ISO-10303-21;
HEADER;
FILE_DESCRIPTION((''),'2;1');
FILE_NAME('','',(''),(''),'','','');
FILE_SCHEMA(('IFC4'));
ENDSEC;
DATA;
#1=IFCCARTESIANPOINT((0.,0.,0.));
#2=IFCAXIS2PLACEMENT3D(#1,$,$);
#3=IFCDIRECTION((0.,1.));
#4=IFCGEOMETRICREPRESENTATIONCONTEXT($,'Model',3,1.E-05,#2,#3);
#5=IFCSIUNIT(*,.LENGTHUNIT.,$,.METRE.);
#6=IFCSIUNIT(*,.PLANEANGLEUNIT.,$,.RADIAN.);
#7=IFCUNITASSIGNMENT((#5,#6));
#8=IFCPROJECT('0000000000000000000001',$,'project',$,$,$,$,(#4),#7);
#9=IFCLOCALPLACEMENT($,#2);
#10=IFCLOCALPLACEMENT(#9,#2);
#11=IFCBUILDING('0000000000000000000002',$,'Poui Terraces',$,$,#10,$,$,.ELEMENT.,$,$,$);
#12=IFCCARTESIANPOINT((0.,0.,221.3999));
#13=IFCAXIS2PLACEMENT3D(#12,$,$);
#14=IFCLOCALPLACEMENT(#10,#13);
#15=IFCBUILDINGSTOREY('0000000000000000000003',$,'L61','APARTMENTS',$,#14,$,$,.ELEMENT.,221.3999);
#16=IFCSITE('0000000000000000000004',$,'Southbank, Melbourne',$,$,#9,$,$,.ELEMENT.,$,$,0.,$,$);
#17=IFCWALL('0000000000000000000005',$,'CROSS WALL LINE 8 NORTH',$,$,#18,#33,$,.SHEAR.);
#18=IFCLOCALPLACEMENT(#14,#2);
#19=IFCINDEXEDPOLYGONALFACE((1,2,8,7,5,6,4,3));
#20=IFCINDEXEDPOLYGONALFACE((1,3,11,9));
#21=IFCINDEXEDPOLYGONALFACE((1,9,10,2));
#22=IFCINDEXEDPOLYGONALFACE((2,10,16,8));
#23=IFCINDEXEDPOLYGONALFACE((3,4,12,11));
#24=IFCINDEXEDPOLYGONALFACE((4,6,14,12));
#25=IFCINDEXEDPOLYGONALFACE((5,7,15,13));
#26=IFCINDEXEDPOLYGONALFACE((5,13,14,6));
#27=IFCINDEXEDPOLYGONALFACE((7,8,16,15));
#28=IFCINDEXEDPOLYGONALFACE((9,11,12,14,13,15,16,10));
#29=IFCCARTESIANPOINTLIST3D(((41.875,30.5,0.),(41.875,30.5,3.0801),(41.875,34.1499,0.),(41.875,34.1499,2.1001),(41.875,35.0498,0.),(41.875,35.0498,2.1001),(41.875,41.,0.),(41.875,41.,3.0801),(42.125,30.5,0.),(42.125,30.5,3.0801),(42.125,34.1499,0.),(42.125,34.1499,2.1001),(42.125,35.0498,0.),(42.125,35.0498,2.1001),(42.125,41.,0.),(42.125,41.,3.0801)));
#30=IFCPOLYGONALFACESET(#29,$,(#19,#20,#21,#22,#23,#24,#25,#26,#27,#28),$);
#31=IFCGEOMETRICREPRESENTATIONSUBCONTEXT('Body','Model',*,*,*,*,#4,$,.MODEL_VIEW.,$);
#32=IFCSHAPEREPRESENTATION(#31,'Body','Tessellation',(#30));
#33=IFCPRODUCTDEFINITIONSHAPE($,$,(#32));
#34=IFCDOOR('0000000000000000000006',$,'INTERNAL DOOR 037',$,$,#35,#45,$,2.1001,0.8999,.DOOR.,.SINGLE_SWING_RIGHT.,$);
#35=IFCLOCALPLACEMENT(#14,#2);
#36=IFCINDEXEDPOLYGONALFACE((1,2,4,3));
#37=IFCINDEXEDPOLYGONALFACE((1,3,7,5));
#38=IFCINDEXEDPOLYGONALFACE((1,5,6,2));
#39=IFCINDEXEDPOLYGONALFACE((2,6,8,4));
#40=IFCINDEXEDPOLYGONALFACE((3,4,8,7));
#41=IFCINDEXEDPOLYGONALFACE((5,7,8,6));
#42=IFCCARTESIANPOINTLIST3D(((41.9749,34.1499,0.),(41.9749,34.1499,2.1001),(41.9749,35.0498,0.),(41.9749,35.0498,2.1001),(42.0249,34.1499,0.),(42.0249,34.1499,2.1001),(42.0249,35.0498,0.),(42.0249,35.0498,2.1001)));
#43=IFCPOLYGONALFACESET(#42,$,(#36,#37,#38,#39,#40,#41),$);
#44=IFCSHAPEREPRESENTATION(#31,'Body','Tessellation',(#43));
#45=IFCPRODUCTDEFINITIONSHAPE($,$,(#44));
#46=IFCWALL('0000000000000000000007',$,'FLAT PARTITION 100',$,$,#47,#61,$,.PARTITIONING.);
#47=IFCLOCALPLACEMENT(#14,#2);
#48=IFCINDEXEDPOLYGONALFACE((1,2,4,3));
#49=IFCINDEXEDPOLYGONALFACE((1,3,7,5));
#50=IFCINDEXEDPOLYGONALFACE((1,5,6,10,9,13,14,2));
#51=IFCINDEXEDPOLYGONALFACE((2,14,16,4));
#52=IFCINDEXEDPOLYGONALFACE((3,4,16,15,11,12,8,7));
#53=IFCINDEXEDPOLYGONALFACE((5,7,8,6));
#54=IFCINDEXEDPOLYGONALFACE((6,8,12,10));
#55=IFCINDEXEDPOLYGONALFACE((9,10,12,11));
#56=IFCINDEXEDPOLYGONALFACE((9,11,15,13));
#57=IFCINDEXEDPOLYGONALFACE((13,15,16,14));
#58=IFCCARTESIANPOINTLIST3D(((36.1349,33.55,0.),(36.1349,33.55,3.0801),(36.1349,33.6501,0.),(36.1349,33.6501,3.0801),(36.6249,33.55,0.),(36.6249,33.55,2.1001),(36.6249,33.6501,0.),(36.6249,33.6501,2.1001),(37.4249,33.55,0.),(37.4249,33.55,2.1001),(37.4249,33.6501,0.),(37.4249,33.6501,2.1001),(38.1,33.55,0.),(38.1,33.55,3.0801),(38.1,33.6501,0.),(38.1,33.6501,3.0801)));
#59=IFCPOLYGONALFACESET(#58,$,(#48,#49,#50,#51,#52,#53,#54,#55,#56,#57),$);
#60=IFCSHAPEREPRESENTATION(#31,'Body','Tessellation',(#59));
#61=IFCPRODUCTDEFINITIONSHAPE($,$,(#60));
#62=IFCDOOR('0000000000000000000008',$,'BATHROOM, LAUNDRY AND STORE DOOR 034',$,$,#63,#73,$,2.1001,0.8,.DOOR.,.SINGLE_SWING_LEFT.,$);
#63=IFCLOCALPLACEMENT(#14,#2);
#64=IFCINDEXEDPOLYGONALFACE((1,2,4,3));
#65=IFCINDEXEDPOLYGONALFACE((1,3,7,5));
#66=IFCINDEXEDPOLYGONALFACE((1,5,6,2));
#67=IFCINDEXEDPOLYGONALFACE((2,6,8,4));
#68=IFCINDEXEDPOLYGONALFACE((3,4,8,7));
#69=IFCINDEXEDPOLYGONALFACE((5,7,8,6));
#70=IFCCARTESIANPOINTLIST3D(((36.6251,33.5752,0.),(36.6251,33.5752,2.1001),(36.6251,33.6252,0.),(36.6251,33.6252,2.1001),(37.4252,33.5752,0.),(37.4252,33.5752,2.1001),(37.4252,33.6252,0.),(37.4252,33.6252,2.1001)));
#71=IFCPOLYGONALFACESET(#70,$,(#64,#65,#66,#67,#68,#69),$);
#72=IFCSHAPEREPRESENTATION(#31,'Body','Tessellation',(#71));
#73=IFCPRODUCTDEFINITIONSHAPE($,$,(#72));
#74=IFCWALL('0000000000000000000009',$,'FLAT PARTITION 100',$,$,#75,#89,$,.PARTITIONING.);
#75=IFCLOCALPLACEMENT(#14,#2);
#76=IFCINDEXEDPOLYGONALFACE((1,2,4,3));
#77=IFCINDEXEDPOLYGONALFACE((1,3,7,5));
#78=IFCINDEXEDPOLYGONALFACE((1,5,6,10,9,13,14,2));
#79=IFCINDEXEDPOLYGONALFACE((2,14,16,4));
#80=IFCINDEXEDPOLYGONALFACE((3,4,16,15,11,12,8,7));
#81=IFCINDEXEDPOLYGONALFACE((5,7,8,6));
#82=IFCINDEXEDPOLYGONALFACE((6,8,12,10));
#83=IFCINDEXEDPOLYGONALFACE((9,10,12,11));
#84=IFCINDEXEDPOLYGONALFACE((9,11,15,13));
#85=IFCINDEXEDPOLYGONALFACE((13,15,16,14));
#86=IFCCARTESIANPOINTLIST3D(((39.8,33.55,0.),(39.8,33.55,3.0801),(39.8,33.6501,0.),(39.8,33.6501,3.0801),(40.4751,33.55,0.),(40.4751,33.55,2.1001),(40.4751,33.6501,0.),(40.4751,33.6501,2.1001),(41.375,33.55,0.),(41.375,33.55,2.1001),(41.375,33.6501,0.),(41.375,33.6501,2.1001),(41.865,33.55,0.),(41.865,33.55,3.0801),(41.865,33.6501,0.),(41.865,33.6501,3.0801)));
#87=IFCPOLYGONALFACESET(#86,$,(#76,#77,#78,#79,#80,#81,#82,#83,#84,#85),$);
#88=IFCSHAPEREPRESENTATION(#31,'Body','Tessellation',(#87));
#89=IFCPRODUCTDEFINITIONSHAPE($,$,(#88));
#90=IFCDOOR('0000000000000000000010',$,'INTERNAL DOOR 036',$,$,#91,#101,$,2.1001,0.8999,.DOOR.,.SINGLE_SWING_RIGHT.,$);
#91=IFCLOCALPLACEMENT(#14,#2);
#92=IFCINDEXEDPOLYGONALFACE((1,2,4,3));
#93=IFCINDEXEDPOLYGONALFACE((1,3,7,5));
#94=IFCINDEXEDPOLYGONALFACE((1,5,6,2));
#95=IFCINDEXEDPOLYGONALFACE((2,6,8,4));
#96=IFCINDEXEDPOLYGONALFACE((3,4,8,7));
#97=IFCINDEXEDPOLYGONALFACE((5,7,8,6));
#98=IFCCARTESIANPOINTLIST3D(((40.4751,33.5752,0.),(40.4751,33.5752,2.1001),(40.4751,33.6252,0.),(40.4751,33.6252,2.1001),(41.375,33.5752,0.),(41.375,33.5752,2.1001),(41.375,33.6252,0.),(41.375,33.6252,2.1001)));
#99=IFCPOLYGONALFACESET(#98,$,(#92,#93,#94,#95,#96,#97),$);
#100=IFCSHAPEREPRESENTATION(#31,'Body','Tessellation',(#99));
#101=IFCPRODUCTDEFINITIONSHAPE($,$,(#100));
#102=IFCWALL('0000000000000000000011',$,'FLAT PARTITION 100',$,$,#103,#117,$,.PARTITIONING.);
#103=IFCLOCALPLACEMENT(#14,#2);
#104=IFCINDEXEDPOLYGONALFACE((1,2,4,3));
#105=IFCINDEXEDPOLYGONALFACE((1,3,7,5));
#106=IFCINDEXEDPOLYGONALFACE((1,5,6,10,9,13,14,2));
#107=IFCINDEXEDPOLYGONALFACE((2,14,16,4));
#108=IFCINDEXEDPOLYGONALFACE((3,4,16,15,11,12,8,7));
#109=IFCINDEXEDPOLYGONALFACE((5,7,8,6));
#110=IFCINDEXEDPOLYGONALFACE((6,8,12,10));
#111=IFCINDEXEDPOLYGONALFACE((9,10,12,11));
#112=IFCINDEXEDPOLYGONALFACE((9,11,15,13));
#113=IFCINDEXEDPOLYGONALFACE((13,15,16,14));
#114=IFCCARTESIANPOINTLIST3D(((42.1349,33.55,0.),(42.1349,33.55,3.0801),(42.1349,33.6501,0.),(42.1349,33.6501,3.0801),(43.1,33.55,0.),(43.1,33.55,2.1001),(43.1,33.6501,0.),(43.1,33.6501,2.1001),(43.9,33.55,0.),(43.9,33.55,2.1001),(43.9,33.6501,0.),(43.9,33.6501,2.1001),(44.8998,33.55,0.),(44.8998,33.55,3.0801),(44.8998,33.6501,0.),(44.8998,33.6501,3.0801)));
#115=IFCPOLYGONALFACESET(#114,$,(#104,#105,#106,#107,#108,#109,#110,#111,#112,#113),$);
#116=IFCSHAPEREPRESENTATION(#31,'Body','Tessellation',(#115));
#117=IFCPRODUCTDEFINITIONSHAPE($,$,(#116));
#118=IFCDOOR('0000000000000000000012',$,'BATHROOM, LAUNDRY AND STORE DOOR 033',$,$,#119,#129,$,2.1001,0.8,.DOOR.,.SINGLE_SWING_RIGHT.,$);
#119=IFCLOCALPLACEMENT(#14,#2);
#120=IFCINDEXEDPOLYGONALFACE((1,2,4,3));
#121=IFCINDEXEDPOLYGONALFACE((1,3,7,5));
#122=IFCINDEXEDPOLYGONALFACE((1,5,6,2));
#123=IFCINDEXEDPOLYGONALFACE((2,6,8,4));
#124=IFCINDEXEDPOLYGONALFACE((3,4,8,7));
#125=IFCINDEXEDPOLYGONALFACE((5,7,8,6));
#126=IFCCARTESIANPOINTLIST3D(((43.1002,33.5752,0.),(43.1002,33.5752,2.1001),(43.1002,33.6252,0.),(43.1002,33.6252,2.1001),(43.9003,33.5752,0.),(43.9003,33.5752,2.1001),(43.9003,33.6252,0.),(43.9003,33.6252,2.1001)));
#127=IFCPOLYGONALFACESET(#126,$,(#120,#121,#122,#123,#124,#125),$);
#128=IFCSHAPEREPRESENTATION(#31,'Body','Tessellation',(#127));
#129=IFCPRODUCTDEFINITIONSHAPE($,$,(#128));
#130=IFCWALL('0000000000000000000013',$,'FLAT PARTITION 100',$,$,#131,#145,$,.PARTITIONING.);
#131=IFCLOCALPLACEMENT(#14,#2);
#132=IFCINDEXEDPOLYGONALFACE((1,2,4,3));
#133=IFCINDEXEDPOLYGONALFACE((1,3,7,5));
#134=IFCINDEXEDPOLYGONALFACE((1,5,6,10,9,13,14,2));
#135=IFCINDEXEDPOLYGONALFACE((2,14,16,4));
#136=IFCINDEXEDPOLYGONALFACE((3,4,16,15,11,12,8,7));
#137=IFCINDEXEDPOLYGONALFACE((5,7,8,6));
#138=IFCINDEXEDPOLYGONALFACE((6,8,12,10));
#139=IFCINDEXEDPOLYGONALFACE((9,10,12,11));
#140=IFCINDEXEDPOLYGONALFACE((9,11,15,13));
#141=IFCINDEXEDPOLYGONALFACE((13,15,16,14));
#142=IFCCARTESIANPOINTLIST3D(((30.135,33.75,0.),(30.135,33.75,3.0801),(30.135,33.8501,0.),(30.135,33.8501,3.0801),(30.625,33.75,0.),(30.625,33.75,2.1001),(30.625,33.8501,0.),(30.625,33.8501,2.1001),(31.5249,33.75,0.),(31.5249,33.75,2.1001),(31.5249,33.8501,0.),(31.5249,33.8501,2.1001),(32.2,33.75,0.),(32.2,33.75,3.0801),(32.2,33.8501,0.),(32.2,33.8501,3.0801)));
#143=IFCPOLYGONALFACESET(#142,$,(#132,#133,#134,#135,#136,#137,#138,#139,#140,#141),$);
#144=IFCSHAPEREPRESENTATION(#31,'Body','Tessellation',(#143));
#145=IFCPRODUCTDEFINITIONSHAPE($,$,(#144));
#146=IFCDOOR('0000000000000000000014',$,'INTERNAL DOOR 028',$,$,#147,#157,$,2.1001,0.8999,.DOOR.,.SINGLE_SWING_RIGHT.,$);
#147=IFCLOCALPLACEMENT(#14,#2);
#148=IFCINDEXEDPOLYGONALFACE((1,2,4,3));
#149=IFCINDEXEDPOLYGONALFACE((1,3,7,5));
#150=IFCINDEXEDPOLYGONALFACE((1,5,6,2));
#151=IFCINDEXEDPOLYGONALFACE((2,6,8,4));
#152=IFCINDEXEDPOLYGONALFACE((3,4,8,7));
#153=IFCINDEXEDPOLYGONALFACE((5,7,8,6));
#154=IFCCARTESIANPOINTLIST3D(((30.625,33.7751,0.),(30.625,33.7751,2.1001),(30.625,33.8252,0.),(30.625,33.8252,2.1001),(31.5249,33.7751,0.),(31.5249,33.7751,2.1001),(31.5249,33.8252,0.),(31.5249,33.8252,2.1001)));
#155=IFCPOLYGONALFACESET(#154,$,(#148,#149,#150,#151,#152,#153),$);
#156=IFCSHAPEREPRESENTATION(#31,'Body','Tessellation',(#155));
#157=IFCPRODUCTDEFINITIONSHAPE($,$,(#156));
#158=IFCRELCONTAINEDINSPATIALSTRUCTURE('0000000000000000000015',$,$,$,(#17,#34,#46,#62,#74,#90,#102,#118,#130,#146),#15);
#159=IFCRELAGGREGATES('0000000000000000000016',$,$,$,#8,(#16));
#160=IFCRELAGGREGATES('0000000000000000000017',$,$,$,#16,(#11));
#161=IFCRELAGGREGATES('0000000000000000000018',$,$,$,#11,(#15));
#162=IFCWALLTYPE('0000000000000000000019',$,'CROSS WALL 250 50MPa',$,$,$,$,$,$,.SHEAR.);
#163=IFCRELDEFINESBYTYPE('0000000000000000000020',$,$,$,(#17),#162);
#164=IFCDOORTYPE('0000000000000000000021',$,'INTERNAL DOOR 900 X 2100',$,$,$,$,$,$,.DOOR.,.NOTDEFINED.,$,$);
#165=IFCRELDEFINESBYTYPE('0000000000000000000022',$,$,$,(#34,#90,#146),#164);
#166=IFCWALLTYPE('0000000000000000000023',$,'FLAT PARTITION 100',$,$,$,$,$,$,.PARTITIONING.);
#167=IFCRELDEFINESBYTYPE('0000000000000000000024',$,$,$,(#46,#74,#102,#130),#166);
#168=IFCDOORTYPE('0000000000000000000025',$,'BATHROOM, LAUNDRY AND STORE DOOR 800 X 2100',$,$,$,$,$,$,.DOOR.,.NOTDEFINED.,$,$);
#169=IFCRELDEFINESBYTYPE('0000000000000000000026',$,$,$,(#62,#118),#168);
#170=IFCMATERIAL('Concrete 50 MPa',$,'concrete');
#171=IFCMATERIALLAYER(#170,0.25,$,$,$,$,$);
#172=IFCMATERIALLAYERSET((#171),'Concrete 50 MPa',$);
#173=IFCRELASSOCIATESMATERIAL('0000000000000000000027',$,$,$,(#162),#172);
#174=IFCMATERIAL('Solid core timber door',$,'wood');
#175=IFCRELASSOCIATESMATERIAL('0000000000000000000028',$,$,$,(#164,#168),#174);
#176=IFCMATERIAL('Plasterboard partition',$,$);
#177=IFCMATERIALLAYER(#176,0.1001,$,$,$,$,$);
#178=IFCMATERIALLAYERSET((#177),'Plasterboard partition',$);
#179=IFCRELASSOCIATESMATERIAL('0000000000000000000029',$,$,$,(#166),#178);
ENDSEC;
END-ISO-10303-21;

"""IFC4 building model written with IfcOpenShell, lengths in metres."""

from ifc_helpers import new_model, si_unit, direction, frame, frame_2d, origin, place, context, subcontext, project, spatial, rectangle, extrude, material, layer, layer_set, type_object, element, fill, save


model = new_model("IFC4")

# Units and contexts
model_context = context("Model", 3, precision=1e-05, world=origin(), true_north=direction((0.0, 1.0)))
body_context = subcontext(model_context, "Body", "Model", "MODEL_VIEW")
ifc_project = project(units=[si_unit("LENGTHUNIT", "METRE"), si_unit("PLANEANGLEUNIT", "RADIAN")], contexts=[model_context])

# Site, building, storey
site_placement = place(None, origin())
site = spatial("IfcSite", under=ifc_project, at=site_placement, Name="Southbank, Melbourne", CompositionType="ELEMENT", RefElevation=0.0)
building_placement = place(site_placement, origin())
building = spatial("IfcBuilding", under=site, at=building_placement, Name="Poui Terraces", CompositionType="ELEMENT")
storey_placement = place(building_placement, frame((0.0, 0.0, 221.3999)))
storey = spatial("IfcBuildingStorey", under=building, at=storey_placement, Name="L61", Description="APARTMENTS", CompositionType="ELEMENT", Elevation=221.3999)

# Walls, openings, doors
ifc_material_1 = material(Name="Concrete 50 MPa", Category="concrete")
ifc_layer_1 = layer(ifc_material_1, 0.25)
ifc_layer_set_1 = layer_set([ifc_layer_1], Name="Concrete 50 MPa")
wall_type_1 = type_object("IfcWallType", Name="CROSS WALL 250 50MPa", PredefinedType="SHEAR", material=ifc_layer_set_1)
wall_1_placement = place(storey_placement, frame((42.0, 30.5, 0.0), z_axis=(0.0, 0.0, 1.0), x_axis=(0.0, 1.0, 0.0)))
wall_1 = element("IfcWall", 1, at=wall_1_placement, inside=storey, type_object=wall_type_1, Name="CROSS WALL LINE 8 NORTH", PredefinedType="SHEAR", context=body_context, shape_type="SweptSolid", body=[
    extrude(rectangle(XDim=10.5, YDim=0.25, at=frame_2d((5.25, 0.0))), origin(), (0.0, 0.0, 1.0), 3.0801),
])
opening_1_placement = place(wall_1_placement, frame((3.6499, 0.0, 0.0)))
opening_1 = element("IfcOpeningElement", 2, at=opening_1_placement, cuts=wall_1, PredefinedType="OPENING", context=body_context, shape_type="SweptSolid", body=[
    extrude(rectangle(XDim=0.8999, YDim=2.1001, at=frame_2d((0.45, 1.05))), frame((0.0, 0.135, 0.0), z_axis=(0.0, -1.0, 0.0), x_axis=(1.0, 0.0, 0.0)), (0.0, 0.0, 1.0), 0.27),
])
ifc_material_2 = material(Name="Solid core timber door", Category="wood")
door_type_1 = type_object("IfcDoorType", Name="INTERNAL DOOR 900 X 2100", OperationType="NOTDEFINED", PredefinedType="DOOR", material=ifc_material_2)
door_1_placement = place(opening_1_placement, frame((0.8999, 0.0, 0.0), z_axis=(0.0, 0.0, 1.0), x_axis=(-1.0, 0.0, 0.0)))
door_1 = element("IfcDoor", 3, at=door_1_placement, inside=storey, type_object=door_type_1, Name="INTERNAL DOOR 037", OperationType="SINGLE_SWING_RIGHT", OverallHeight=2.1001, OverallWidth=0.8999, PredefinedType="DOOR", context=body_context, shape_type="SweptSolid", body=[
    extrude(rectangle(XDim=0.8999, YDim=2.1001, at=frame_2d((0.45, 1.05))), frame((0.0, 0.0249, 0.0), z_axis=(0.0, -1.0, 0.0), x_axis=(1.0, 0.0, 0.0)), (0.0, 0.0, 1.0), 0.05),
])
fill(opening_1, door_1)
ifc_material_3 = material(Name="Plasterboard partition")
ifc_layer_2 = layer(ifc_material_3, 0.1001)
ifc_layer_set_2 = layer_set([ifc_layer_2], Name="Plasterboard partition")
wall_type_2 = type_object("IfcWallType", Name="FLAT PARTITION 100", PredefinedType="PARTITIONING", material=ifc_layer_set_2)
wall_2_placement = place(storey_placement, frame((36.135, 33.6001, 0.0), z_axis=(0.0, 0.0, 1.0), x_axis=(1.0, 0.0, 0.0)))
wall_2 = element("IfcWall", 4, at=wall_2_placement, inside=storey, type_object=wall_type_2, Name="FLAT PARTITION 100", PredefinedType="PARTITIONING", context=body_context, shape_type="SweptSolid", body=[
    extrude(rectangle(XDim=1.9651, YDim=0.1001, at=frame_2d((0.9824, 0.0))), origin(), (0.0, 0.0, 1.0), 3.0801),
])
opening_2_placement = place(wall_2_placement, frame((0.49, 0.0, 0.0)))
opening_2 = element("IfcOpeningElement", 5, at=opening_2_placement, cuts=wall_2, PredefinedType="OPENING", context=body_context, shape_type="SweptSolid", body=[
    extrude(rectangle(XDim=0.8, YDim=2.1001, at=frame_2d((0.3999, 1.05))), frame((0.0, 0.0601, 0.0), z_axis=(0.0, -1.0, 0.0), x_axis=(1.0, 0.0, 0.0)), (0.0, 0.0, 1.0), 0.1201),
])
door_type_2 = type_object("IfcDoorType", Name="BATHROOM, LAUNDRY AND STORE DOOR 800 X 2100", OperationType="NOTDEFINED", PredefinedType="DOOR", material=ifc_material_2)
door_2_placement = place(opening_2_placement, frame((0.8, 0.0, 0.0), z_axis=(0.0, 0.0, 1.0), x_axis=(-1.0, 0.0, 0.0)))
door_2 = element("IfcDoor", 6, at=door_2_placement, inside=storey, type_object=door_type_2, Name="BATHROOM, LAUNDRY AND STORE DOOR 034", OperationType="SINGLE_SWING_LEFT", OverallHeight=2.1001, OverallWidth=0.8, PredefinedType="DOOR", context=body_context, shape_type="SweptSolid", body=[
    extrude(rectangle(XDim=0.8, YDim=2.1001, at=frame_2d((0.3999, 1.05))), frame((0.0, 0.0249, 0.0), z_axis=(0.0, -1.0, 0.0), x_axis=(1.0, 0.0, 0.0)), (0.0, 0.0, 1.0), 0.05),
])
fill(opening_2, door_2)
wall_3_placement = place(storey_placement, frame((39.8, 33.6001, 0.0), z_axis=(0.0, 0.0, 1.0), x_axis=(1.0, 0.0, 0.0)))
wall_3 = element("IfcWall", 7, at=wall_3_placement, inside=storey, type_object=wall_type_2, Name="FLAT PARTITION 100", PredefinedType="PARTITIONING", context=body_context, shape_type="SweptSolid", body=[
    extrude(rectangle(XDim=2.0649, YDim=0.1001, at=frame_2d((1.0325, 0.0))), origin(), (0.0, 0.0, 1.0), 3.0801),
])
opening_3_placement = place(wall_3_placement, frame((0.675, 0.0, 0.0)))
opening_3 = element("IfcOpeningElement", 8, at=opening_3_placement, cuts=wall_3, PredefinedType="OPENING", context=body_context, shape_type="SweptSolid", body=[
    extrude(rectangle(XDim=0.8999, YDim=2.1001, at=frame_2d((0.45, 1.05))), frame((0.0, 0.0601, 0.0), z_axis=(0.0, -1.0, 0.0), x_axis=(1.0, 0.0, 0.0)), (0.0, 0.0, 1.0), 0.1201),
])
door_3_placement = place(opening_3_placement, frame((0.8999, 0.0, 0.0), z_axis=(0.0, 0.0, 1.0), x_axis=(-1.0, 0.0, 0.0)))
door_3 = element("IfcDoor", 9, at=door_3_placement, inside=storey, type_object=door_type_1, Name="INTERNAL DOOR 036", OperationType="SINGLE_SWING_RIGHT", OverallHeight=2.1001, OverallWidth=0.8999, PredefinedType="DOOR", context=body_context, shape_type="SweptSolid", body=[
    extrude(rectangle(XDim=0.8999, YDim=2.1001, at=frame_2d((0.45, 1.05))), frame((0.0, 0.0249, 0.0), z_axis=(0.0, -1.0, 0.0), x_axis=(1.0, 0.0, 0.0)), (0.0, 0.0, 1.0), 0.05),
])
fill(opening_3, door_3)
wall_4_placement = place(storey_placement, frame((42.135, 33.6001, 0.0), z_axis=(0.0, 0.0, 1.0), x_axis=(1.0, 0.0, 0.0)))
wall_4 = element("IfcWall", 10, at=wall_4_placement, inside=storey, type_object=wall_type_2, Name="FLAT PARTITION 100", PredefinedType="PARTITIONING", context=body_context, shape_type="SweptSolid", body=[
    extrude(rectangle(XDim=2.7649, YDim=0.1001, at=frame_2d((1.3823, 0.0))), origin(), (0.0, 0.0, 1.0), 3.0801),
])
opening_4_placement = place(wall_4_placement, frame((0.9651, 0.0, 0.0)))
opening_4 = element("IfcOpeningElement", 11, at=opening_4_placement, cuts=wall_4, PredefinedType="OPENING", context=body_context, shape_type="SweptSolid", body=[
    extrude(rectangle(XDim=0.8, YDim=2.1001, at=frame_2d((0.3999, 1.05))), frame((0.0, 0.0601, 0.0), z_axis=(0.0, -1.0, 0.0), x_axis=(1.0, 0.0, 0.0)), (0.0, 0.0, 1.0), 0.1201),
])
door_4_placement = place(opening_4_placement, frame((0.8, 0.0, 0.0), z_axis=(0.0, 0.0, 1.0), x_axis=(-1.0, 0.0, 0.0)))
door_4 = element("IfcDoor", 12, at=door_4_placement, inside=storey, type_object=door_type_2, Name="BATHROOM, LAUNDRY AND STORE DOOR 033", OperationType="SINGLE_SWING_RIGHT", OverallHeight=2.1001, OverallWidth=0.8, PredefinedType="DOOR", context=body_context, shape_type="SweptSolid", body=[
    extrude(rectangle(XDim=0.8, YDim=2.1001, at=frame_2d((0.3999, 1.05))), frame((0.0, 0.0249, 0.0), z_axis=(0.0, -1.0, 0.0), x_axis=(1.0, 0.0, 0.0)), (0.0, 0.0, 1.0), 0.05),
])
fill(opening_4, door_4)
wall_5_placement = place(storey_placement, frame((30.135, 33.8, 0.0), z_axis=(0.0, 0.0, 1.0), x_axis=(1.0, 0.0, 0.0)))
wall_5 = element("IfcWall", 13, at=wall_5_placement, inside=storey, type_object=wall_type_2, Name="FLAT PARTITION 100", PredefinedType="PARTITIONING", context=body_context, shape_type="SweptSolid", body=[
    extrude(rectangle(XDim=2.0649, YDim=0.1001, at=frame_2d((1.0325, 0.0))), origin(), (0.0, 0.0, 1.0), 3.0801),
])
opening_5_placement = place(wall_5_placement, frame((0.49, 0.0, 0.0)))
opening_5 = element("IfcOpeningElement", 14, at=opening_5_placement, cuts=wall_5, PredefinedType="OPENING", context=body_context, shape_type="SweptSolid", body=[
    extrude(rectangle(XDim=0.8999, YDim=2.1001, at=frame_2d((0.45, 1.05))), frame((0.0, 0.0601, 0.0), z_axis=(0.0, -1.0, 0.0), x_axis=(1.0, 0.0, 0.0)), (0.0, 0.0, 1.0), 0.1201),
])
door_5_placement = place(opening_5_placement, frame((0.8999, 0.0, 0.0), z_axis=(0.0, 0.0, 1.0), x_axis=(-1.0, 0.0, 0.0)))
door_5 = element("IfcDoor", 15, at=door_5_placement, inside=storey, type_object=door_type_1, Name="INTERNAL DOOR 028", OperationType="SINGLE_SWING_RIGHT", OverallHeight=2.1001, OverallWidth=0.8999, PredefinedType="DOOR", context=body_context, shape_type="SweptSolid", body=[
    extrude(rectangle(XDim=0.8999, YDim=2.1001, at=frame_2d((0.45, 1.05))), frame((0.0, 0.0249, 0.0), z_axis=(0.0, -1.0, 0.0), x_axis=(1.0, 0.0, 0.0)), (0.0, 0.0, 1.0), 0.05),
])
fill(opening_5, door_5)

save(model, "model.ifc")
